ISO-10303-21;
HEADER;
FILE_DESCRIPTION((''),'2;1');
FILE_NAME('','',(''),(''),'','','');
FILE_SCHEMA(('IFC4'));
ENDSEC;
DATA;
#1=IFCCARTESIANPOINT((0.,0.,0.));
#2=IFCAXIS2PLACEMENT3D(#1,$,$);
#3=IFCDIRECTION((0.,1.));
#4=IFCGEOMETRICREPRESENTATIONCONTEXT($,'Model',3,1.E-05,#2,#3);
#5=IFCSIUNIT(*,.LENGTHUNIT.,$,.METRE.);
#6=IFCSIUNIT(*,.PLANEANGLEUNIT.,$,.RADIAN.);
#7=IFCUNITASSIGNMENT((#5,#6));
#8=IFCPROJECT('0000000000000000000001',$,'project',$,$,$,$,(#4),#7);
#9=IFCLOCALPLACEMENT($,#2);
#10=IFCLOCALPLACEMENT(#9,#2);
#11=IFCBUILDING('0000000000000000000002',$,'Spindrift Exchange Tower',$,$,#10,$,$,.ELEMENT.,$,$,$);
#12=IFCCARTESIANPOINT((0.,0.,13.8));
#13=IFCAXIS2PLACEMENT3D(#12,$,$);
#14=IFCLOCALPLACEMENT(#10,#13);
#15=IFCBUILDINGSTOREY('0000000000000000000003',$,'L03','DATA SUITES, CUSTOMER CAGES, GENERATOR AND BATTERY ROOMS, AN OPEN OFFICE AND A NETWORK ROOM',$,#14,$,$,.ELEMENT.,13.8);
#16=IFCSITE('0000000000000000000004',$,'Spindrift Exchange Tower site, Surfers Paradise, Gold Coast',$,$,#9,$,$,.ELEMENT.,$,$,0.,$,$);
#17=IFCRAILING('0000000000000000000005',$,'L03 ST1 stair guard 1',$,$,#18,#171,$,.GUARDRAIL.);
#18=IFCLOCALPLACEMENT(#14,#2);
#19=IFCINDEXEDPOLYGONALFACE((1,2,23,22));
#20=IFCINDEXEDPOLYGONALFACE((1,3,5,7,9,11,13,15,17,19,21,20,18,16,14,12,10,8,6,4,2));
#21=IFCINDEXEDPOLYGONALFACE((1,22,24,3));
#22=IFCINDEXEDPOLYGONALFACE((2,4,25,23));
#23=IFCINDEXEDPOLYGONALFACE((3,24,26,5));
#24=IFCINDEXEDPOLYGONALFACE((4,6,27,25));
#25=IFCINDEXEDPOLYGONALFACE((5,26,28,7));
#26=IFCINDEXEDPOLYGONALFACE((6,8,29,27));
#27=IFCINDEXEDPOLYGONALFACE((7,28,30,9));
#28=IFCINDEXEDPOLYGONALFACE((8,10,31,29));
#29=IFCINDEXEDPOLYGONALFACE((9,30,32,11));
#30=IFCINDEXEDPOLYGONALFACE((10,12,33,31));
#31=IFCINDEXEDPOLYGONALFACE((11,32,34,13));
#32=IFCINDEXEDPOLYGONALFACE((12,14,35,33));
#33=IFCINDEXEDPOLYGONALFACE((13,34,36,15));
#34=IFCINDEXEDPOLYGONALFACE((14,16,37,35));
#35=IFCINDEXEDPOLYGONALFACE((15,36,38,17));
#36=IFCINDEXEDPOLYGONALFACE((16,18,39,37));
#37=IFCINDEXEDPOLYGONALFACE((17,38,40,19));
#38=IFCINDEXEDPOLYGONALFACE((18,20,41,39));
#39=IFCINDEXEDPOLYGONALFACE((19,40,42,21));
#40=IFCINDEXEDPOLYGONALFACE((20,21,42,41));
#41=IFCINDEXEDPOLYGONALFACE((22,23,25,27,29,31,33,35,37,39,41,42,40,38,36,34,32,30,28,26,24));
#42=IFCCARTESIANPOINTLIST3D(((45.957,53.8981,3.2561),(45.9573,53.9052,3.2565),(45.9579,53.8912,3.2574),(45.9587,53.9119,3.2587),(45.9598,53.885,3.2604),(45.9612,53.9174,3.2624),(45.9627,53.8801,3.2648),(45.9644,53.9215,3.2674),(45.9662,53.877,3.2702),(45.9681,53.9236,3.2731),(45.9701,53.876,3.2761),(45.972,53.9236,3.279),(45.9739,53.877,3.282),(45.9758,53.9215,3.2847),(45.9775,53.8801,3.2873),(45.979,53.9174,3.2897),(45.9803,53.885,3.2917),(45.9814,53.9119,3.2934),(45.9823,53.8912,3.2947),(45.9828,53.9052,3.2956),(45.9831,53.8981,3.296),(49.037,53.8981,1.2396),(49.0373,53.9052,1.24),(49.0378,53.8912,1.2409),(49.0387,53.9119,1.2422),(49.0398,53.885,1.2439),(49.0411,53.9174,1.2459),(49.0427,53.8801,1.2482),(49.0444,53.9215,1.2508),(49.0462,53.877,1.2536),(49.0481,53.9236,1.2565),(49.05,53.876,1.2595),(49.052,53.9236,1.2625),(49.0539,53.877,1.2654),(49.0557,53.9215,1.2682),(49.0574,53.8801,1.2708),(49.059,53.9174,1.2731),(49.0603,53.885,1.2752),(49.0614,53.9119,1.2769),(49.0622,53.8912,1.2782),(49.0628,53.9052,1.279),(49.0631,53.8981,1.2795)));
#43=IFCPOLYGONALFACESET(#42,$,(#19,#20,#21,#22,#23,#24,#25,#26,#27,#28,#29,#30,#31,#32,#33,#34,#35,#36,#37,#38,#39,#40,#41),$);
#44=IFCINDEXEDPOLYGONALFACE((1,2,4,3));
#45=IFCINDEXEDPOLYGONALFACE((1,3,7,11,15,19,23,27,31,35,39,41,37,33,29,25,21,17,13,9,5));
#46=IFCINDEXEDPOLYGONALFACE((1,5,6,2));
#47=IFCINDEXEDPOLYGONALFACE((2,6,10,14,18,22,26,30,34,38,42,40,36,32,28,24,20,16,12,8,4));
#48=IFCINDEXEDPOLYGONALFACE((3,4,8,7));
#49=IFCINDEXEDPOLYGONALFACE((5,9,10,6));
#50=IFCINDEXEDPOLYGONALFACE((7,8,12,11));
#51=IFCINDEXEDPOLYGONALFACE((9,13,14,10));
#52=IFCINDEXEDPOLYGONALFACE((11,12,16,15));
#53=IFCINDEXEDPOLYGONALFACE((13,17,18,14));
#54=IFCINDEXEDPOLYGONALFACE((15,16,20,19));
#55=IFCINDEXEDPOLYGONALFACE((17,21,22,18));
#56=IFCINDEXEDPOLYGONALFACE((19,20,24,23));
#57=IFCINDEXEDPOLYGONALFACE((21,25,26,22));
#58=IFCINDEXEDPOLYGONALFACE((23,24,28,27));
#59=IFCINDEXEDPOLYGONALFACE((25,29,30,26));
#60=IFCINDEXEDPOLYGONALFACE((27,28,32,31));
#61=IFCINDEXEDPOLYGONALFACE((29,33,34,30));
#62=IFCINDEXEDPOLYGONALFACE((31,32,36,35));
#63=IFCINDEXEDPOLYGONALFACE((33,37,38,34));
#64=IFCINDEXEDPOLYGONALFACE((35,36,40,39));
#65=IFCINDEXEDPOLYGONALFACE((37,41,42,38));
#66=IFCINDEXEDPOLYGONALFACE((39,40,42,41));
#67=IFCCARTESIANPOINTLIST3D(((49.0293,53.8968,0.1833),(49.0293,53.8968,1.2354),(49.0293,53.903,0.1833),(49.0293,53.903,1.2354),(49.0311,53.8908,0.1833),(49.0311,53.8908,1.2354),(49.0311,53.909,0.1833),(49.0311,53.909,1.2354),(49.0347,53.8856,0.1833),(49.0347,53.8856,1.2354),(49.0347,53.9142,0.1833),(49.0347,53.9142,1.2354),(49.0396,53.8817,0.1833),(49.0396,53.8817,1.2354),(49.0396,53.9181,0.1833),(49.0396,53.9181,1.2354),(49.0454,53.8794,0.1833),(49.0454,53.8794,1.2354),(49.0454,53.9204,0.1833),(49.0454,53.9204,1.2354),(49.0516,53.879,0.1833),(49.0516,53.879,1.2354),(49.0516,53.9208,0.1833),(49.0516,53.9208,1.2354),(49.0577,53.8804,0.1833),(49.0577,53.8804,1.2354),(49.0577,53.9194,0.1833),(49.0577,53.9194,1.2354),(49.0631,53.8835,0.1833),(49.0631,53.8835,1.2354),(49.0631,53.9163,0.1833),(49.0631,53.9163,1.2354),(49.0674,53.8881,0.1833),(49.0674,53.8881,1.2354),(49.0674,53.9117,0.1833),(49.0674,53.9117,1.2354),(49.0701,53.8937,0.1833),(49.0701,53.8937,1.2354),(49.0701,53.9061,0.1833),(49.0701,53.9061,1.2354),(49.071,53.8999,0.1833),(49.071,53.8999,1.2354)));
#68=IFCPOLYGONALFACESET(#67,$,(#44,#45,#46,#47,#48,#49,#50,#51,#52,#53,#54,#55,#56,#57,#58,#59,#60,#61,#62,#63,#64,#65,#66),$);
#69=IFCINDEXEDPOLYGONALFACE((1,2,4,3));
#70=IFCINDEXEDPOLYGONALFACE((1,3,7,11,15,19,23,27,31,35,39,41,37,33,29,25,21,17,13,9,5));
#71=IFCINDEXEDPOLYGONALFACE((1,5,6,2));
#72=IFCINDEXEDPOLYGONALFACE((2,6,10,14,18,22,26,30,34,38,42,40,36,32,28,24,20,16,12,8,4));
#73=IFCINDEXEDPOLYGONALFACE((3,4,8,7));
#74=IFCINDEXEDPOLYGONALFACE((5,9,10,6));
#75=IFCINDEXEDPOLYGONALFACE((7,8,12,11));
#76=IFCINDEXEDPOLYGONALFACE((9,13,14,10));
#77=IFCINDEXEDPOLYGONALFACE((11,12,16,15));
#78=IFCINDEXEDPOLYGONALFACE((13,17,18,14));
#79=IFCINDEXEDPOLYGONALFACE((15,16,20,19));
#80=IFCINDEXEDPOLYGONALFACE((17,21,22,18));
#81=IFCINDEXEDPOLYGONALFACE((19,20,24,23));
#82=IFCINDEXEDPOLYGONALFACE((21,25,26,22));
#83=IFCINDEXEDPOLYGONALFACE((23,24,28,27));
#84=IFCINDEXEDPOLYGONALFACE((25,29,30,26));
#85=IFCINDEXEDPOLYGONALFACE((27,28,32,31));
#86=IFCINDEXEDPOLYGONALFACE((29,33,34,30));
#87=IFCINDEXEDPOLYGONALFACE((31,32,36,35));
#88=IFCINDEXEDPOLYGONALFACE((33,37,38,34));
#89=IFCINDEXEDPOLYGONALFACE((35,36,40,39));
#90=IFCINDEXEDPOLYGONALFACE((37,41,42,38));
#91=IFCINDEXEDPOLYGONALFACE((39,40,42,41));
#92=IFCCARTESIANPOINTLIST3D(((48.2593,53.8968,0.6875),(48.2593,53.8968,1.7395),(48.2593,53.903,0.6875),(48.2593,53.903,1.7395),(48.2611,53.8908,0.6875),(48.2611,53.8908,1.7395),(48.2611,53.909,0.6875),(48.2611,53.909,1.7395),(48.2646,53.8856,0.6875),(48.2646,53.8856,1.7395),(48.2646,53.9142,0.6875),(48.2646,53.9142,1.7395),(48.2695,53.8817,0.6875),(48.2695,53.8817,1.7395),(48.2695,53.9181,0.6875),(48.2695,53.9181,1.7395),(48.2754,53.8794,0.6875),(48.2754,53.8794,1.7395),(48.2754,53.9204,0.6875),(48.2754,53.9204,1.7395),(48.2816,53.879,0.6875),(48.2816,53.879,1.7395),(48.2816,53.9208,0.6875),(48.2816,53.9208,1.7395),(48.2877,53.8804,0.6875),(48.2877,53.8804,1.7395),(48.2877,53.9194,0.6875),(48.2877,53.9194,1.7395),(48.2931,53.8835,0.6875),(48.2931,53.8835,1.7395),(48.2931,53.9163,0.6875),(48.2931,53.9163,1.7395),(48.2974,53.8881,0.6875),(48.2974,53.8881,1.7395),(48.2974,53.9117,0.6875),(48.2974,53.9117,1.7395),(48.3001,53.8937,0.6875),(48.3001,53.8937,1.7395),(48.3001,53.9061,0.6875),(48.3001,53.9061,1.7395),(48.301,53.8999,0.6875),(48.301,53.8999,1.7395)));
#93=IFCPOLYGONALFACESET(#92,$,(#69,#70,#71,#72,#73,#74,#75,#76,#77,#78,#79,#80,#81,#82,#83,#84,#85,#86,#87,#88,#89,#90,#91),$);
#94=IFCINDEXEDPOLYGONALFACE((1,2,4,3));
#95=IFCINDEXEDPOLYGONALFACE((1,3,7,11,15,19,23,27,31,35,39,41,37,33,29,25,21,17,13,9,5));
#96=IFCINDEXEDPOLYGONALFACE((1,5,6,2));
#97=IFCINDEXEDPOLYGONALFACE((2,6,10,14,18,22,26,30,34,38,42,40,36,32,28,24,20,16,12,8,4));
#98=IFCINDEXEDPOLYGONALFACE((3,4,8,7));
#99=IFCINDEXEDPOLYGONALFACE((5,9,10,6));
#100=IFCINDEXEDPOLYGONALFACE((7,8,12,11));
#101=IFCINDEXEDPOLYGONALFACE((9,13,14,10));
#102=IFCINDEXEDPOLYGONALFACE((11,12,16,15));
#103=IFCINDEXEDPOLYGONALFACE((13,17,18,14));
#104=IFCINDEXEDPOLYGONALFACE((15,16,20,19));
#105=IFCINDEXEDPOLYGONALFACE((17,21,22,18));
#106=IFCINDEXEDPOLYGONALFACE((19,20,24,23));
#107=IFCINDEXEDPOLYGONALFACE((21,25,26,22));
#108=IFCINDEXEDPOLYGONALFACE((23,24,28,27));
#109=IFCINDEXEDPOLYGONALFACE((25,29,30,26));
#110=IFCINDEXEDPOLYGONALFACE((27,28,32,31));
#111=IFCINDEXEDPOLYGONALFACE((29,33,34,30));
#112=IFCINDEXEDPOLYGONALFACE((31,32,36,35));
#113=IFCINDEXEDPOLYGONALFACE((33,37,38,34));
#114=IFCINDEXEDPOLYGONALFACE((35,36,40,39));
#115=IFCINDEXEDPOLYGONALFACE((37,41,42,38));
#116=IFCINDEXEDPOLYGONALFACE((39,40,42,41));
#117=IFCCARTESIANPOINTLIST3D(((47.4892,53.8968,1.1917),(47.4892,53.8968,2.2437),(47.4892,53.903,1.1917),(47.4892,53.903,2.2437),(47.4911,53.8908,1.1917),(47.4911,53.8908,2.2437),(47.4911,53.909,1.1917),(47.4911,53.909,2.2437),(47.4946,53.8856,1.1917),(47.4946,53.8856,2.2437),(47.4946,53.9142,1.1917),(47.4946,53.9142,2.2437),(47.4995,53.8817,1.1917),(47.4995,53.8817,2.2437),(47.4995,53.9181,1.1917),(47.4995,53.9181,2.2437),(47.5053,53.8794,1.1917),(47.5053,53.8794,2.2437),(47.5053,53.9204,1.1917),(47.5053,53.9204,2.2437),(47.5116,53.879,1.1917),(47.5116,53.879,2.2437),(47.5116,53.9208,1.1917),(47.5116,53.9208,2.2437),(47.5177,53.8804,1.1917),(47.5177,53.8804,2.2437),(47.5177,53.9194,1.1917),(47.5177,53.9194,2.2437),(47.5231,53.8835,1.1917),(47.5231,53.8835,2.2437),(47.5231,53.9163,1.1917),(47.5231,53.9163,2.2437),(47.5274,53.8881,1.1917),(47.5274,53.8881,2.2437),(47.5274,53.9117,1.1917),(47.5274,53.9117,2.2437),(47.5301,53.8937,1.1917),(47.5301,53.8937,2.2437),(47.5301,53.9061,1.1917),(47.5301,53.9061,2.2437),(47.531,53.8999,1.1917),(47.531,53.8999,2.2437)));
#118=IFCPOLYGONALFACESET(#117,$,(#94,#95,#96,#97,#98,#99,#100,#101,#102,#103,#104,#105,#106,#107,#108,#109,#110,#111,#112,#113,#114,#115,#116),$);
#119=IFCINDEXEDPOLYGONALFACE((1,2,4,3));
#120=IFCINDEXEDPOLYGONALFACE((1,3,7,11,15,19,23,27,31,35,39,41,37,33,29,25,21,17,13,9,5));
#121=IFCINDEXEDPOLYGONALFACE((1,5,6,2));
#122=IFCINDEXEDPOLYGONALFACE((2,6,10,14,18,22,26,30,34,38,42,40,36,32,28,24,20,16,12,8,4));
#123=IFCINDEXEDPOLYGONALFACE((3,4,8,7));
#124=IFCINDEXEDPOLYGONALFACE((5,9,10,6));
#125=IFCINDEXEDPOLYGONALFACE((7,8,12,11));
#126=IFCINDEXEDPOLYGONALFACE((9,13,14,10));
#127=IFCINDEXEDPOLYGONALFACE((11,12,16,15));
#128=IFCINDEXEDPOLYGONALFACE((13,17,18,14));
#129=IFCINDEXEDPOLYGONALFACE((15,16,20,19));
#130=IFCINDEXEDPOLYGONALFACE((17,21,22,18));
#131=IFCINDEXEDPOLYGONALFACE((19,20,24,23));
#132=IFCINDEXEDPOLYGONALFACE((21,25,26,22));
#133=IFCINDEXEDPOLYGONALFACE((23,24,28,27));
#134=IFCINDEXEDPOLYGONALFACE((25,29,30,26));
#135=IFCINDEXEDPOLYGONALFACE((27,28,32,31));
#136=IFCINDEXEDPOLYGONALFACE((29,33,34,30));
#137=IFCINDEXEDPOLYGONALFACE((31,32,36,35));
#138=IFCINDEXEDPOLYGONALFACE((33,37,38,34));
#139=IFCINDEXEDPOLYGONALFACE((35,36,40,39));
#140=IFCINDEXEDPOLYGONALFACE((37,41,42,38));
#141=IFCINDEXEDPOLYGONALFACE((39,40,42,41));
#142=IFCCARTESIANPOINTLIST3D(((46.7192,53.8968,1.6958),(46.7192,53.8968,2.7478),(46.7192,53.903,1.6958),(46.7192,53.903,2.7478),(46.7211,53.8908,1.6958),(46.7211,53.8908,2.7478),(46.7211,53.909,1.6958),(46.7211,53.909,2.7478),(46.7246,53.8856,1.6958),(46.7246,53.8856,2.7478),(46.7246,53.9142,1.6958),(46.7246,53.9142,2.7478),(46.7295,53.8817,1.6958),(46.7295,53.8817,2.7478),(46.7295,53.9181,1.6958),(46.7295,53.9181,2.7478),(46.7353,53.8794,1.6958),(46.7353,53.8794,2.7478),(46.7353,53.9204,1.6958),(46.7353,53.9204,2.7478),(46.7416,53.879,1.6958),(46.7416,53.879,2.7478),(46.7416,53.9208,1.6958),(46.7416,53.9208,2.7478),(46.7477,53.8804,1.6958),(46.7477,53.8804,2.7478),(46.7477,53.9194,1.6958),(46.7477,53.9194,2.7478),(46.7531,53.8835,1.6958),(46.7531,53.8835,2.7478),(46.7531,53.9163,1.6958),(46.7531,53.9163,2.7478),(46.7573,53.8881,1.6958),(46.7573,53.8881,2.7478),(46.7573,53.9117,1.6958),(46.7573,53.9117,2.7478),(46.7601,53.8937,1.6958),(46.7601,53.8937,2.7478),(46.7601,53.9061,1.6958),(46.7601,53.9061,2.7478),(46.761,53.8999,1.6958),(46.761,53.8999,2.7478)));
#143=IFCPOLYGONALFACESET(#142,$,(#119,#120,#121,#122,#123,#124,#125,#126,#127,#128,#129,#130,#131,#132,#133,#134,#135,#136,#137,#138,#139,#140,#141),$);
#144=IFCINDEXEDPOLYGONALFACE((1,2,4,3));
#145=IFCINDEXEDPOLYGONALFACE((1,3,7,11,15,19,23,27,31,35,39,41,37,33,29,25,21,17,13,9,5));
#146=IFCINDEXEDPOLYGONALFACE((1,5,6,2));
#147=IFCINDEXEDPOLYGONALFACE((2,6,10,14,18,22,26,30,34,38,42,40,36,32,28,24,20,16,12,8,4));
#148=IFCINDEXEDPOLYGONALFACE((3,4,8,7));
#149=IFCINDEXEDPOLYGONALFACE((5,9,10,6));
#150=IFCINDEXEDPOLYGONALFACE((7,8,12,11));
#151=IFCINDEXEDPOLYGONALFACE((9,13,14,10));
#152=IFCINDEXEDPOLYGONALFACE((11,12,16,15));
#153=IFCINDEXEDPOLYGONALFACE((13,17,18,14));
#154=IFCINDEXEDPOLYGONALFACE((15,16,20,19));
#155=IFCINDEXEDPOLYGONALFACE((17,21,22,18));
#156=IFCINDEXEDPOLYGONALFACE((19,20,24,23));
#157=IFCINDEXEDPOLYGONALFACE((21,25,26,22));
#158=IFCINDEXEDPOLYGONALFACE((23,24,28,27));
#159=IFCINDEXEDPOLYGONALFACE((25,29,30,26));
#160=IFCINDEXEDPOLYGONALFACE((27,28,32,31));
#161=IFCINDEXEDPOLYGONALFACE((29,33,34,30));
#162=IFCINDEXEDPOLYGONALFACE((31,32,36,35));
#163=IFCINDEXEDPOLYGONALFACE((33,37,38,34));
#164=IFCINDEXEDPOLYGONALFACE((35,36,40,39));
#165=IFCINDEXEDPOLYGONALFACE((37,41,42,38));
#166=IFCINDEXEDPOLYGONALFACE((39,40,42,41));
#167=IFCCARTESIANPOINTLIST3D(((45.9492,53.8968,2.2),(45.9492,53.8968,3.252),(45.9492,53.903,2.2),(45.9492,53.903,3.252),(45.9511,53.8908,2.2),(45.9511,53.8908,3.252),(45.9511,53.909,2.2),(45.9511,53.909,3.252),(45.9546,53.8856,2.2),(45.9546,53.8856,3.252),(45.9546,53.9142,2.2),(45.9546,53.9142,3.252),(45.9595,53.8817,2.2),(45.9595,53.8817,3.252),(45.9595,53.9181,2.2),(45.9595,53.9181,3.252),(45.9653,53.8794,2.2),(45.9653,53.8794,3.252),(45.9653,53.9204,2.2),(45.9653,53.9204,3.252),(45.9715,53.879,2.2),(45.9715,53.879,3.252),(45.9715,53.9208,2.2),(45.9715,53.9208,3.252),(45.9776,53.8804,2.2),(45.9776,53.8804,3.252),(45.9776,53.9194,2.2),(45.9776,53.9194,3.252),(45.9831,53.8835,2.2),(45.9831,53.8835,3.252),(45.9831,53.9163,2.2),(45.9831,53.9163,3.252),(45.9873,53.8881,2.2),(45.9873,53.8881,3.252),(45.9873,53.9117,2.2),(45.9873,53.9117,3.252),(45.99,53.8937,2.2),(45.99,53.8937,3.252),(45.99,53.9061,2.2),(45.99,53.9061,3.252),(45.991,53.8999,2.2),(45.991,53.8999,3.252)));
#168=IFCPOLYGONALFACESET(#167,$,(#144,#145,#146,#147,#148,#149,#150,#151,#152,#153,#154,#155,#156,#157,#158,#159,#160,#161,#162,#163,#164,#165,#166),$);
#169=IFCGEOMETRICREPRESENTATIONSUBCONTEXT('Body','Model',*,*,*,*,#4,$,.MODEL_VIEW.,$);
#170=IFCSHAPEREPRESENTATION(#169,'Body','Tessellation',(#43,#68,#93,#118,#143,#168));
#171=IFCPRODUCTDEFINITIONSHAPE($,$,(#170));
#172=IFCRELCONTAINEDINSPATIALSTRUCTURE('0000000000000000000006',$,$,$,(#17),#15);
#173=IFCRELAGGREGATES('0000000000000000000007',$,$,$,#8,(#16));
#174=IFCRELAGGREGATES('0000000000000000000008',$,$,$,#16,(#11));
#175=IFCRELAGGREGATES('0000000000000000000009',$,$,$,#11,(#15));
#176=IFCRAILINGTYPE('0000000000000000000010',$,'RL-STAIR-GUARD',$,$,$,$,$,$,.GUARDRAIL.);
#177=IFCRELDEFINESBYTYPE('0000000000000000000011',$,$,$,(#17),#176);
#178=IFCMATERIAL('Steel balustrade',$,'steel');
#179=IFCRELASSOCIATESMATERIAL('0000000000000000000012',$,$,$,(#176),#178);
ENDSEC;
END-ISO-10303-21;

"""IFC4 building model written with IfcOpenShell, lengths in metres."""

from ifc_helpers import new_model, si_unit, direction, frame, origin, origin_2d, place, context, subcontext, project, spatial, circle, extrude, material, type_object, element, save


model = new_model("IFC4")

# Units and contexts
model_context = context("Model", 3, precision=1e-05, world=origin(), true_north=direction((0.0, 1.0)))
body_context = subcontext(model_context, "Body", "Model", "MODEL_VIEW")
ifc_project = project(units=[si_unit("LENGTHUNIT", "METRE"), si_unit("PLANEANGLEUNIT", "RADIAN")], contexts=[model_context])

# Site, building, storey
site_placement = place(None, origin())
site = spatial("IfcSite", under=ifc_project, at=site_placement, Name="Spindrift Exchange Tower site, Surfers Paradise, Gold Coast", CompositionType="ELEMENT", RefElevation=0.0)
building_placement = place(site_placement, origin())
building = spatial("IfcBuilding", under=site, at=building_placement, Name="Spindrift Exchange Tower", CompositionType="ELEMENT")
storey_placement = place(building_placement, frame((0.0, 0.0, 13.8)))
storey = spatial("IfcBuildingStorey", under=building, at=storey_placement, Name="L03", Description="DATA SUITES, CUSTOMER CAGES, GENERATOR AND BATTERY ROOMS, AN OPEN OFFICE AND A NETWORK ROOM", CompositionType="ELEMENT", Elevation=13.8)

# Railing
ifc_material_1 = material(Name="Steel balustrade", Category="steel")
railing_type_1 = type_object("IfcRailingType", Name="RL-STAIR-GUARD", PredefinedType="GUARDRAIL", material=ifc_material_1)
railing_1_placement = place(storey_placement, frame((49.05, 53.8999, 0.1833)))
element("IfcRailing", 1, at=railing_1_placement, inside=storey, type_object=railing_type_1, Name="L03 ST1 stair guard 1", PredefinedType="GUARDRAIL", context=body_context, shape_type="SweptSolid", body=[
    extrude(circle(Radius=0.0239, at=origin_2d()), frame((0.0, 0.0, 1.0762), z_axis=(-0.836633, 0.0, 0.547764), x_axis=(0.0, -1.0, 0.0)), (0.0, 0.0, 1.0), 3.6814),
    extrude(circle(Radius=0.021, at=origin_2d()), origin(), (0.0, 0.0, 1.0), 1.052),
    extrude(circle(Radius=0.021, at=origin_2d()), frame((-0.77, 0.0, 0.5042)), (0.0, 0.0, 1.0), 1.052),
    extrude(circle(Radius=0.021, at=origin_2d()), frame((-1.54, 0.0, 1.0083)), (0.0, 0.0, 1.0), 1.052),
    extrude(circle(Radius=0.021, at=origin_2d()), frame((-2.3101, 0.0, 1.5125)), (0.0, 0.0, 1.0), 1.052),
    extrude(circle(Radius=0.021, at=origin_2d()), frame((-3.0801, 0.0, 2.0166)), (0.0, 0.0, 1.0), 1.052),
])

save(model, "model.ifc")
